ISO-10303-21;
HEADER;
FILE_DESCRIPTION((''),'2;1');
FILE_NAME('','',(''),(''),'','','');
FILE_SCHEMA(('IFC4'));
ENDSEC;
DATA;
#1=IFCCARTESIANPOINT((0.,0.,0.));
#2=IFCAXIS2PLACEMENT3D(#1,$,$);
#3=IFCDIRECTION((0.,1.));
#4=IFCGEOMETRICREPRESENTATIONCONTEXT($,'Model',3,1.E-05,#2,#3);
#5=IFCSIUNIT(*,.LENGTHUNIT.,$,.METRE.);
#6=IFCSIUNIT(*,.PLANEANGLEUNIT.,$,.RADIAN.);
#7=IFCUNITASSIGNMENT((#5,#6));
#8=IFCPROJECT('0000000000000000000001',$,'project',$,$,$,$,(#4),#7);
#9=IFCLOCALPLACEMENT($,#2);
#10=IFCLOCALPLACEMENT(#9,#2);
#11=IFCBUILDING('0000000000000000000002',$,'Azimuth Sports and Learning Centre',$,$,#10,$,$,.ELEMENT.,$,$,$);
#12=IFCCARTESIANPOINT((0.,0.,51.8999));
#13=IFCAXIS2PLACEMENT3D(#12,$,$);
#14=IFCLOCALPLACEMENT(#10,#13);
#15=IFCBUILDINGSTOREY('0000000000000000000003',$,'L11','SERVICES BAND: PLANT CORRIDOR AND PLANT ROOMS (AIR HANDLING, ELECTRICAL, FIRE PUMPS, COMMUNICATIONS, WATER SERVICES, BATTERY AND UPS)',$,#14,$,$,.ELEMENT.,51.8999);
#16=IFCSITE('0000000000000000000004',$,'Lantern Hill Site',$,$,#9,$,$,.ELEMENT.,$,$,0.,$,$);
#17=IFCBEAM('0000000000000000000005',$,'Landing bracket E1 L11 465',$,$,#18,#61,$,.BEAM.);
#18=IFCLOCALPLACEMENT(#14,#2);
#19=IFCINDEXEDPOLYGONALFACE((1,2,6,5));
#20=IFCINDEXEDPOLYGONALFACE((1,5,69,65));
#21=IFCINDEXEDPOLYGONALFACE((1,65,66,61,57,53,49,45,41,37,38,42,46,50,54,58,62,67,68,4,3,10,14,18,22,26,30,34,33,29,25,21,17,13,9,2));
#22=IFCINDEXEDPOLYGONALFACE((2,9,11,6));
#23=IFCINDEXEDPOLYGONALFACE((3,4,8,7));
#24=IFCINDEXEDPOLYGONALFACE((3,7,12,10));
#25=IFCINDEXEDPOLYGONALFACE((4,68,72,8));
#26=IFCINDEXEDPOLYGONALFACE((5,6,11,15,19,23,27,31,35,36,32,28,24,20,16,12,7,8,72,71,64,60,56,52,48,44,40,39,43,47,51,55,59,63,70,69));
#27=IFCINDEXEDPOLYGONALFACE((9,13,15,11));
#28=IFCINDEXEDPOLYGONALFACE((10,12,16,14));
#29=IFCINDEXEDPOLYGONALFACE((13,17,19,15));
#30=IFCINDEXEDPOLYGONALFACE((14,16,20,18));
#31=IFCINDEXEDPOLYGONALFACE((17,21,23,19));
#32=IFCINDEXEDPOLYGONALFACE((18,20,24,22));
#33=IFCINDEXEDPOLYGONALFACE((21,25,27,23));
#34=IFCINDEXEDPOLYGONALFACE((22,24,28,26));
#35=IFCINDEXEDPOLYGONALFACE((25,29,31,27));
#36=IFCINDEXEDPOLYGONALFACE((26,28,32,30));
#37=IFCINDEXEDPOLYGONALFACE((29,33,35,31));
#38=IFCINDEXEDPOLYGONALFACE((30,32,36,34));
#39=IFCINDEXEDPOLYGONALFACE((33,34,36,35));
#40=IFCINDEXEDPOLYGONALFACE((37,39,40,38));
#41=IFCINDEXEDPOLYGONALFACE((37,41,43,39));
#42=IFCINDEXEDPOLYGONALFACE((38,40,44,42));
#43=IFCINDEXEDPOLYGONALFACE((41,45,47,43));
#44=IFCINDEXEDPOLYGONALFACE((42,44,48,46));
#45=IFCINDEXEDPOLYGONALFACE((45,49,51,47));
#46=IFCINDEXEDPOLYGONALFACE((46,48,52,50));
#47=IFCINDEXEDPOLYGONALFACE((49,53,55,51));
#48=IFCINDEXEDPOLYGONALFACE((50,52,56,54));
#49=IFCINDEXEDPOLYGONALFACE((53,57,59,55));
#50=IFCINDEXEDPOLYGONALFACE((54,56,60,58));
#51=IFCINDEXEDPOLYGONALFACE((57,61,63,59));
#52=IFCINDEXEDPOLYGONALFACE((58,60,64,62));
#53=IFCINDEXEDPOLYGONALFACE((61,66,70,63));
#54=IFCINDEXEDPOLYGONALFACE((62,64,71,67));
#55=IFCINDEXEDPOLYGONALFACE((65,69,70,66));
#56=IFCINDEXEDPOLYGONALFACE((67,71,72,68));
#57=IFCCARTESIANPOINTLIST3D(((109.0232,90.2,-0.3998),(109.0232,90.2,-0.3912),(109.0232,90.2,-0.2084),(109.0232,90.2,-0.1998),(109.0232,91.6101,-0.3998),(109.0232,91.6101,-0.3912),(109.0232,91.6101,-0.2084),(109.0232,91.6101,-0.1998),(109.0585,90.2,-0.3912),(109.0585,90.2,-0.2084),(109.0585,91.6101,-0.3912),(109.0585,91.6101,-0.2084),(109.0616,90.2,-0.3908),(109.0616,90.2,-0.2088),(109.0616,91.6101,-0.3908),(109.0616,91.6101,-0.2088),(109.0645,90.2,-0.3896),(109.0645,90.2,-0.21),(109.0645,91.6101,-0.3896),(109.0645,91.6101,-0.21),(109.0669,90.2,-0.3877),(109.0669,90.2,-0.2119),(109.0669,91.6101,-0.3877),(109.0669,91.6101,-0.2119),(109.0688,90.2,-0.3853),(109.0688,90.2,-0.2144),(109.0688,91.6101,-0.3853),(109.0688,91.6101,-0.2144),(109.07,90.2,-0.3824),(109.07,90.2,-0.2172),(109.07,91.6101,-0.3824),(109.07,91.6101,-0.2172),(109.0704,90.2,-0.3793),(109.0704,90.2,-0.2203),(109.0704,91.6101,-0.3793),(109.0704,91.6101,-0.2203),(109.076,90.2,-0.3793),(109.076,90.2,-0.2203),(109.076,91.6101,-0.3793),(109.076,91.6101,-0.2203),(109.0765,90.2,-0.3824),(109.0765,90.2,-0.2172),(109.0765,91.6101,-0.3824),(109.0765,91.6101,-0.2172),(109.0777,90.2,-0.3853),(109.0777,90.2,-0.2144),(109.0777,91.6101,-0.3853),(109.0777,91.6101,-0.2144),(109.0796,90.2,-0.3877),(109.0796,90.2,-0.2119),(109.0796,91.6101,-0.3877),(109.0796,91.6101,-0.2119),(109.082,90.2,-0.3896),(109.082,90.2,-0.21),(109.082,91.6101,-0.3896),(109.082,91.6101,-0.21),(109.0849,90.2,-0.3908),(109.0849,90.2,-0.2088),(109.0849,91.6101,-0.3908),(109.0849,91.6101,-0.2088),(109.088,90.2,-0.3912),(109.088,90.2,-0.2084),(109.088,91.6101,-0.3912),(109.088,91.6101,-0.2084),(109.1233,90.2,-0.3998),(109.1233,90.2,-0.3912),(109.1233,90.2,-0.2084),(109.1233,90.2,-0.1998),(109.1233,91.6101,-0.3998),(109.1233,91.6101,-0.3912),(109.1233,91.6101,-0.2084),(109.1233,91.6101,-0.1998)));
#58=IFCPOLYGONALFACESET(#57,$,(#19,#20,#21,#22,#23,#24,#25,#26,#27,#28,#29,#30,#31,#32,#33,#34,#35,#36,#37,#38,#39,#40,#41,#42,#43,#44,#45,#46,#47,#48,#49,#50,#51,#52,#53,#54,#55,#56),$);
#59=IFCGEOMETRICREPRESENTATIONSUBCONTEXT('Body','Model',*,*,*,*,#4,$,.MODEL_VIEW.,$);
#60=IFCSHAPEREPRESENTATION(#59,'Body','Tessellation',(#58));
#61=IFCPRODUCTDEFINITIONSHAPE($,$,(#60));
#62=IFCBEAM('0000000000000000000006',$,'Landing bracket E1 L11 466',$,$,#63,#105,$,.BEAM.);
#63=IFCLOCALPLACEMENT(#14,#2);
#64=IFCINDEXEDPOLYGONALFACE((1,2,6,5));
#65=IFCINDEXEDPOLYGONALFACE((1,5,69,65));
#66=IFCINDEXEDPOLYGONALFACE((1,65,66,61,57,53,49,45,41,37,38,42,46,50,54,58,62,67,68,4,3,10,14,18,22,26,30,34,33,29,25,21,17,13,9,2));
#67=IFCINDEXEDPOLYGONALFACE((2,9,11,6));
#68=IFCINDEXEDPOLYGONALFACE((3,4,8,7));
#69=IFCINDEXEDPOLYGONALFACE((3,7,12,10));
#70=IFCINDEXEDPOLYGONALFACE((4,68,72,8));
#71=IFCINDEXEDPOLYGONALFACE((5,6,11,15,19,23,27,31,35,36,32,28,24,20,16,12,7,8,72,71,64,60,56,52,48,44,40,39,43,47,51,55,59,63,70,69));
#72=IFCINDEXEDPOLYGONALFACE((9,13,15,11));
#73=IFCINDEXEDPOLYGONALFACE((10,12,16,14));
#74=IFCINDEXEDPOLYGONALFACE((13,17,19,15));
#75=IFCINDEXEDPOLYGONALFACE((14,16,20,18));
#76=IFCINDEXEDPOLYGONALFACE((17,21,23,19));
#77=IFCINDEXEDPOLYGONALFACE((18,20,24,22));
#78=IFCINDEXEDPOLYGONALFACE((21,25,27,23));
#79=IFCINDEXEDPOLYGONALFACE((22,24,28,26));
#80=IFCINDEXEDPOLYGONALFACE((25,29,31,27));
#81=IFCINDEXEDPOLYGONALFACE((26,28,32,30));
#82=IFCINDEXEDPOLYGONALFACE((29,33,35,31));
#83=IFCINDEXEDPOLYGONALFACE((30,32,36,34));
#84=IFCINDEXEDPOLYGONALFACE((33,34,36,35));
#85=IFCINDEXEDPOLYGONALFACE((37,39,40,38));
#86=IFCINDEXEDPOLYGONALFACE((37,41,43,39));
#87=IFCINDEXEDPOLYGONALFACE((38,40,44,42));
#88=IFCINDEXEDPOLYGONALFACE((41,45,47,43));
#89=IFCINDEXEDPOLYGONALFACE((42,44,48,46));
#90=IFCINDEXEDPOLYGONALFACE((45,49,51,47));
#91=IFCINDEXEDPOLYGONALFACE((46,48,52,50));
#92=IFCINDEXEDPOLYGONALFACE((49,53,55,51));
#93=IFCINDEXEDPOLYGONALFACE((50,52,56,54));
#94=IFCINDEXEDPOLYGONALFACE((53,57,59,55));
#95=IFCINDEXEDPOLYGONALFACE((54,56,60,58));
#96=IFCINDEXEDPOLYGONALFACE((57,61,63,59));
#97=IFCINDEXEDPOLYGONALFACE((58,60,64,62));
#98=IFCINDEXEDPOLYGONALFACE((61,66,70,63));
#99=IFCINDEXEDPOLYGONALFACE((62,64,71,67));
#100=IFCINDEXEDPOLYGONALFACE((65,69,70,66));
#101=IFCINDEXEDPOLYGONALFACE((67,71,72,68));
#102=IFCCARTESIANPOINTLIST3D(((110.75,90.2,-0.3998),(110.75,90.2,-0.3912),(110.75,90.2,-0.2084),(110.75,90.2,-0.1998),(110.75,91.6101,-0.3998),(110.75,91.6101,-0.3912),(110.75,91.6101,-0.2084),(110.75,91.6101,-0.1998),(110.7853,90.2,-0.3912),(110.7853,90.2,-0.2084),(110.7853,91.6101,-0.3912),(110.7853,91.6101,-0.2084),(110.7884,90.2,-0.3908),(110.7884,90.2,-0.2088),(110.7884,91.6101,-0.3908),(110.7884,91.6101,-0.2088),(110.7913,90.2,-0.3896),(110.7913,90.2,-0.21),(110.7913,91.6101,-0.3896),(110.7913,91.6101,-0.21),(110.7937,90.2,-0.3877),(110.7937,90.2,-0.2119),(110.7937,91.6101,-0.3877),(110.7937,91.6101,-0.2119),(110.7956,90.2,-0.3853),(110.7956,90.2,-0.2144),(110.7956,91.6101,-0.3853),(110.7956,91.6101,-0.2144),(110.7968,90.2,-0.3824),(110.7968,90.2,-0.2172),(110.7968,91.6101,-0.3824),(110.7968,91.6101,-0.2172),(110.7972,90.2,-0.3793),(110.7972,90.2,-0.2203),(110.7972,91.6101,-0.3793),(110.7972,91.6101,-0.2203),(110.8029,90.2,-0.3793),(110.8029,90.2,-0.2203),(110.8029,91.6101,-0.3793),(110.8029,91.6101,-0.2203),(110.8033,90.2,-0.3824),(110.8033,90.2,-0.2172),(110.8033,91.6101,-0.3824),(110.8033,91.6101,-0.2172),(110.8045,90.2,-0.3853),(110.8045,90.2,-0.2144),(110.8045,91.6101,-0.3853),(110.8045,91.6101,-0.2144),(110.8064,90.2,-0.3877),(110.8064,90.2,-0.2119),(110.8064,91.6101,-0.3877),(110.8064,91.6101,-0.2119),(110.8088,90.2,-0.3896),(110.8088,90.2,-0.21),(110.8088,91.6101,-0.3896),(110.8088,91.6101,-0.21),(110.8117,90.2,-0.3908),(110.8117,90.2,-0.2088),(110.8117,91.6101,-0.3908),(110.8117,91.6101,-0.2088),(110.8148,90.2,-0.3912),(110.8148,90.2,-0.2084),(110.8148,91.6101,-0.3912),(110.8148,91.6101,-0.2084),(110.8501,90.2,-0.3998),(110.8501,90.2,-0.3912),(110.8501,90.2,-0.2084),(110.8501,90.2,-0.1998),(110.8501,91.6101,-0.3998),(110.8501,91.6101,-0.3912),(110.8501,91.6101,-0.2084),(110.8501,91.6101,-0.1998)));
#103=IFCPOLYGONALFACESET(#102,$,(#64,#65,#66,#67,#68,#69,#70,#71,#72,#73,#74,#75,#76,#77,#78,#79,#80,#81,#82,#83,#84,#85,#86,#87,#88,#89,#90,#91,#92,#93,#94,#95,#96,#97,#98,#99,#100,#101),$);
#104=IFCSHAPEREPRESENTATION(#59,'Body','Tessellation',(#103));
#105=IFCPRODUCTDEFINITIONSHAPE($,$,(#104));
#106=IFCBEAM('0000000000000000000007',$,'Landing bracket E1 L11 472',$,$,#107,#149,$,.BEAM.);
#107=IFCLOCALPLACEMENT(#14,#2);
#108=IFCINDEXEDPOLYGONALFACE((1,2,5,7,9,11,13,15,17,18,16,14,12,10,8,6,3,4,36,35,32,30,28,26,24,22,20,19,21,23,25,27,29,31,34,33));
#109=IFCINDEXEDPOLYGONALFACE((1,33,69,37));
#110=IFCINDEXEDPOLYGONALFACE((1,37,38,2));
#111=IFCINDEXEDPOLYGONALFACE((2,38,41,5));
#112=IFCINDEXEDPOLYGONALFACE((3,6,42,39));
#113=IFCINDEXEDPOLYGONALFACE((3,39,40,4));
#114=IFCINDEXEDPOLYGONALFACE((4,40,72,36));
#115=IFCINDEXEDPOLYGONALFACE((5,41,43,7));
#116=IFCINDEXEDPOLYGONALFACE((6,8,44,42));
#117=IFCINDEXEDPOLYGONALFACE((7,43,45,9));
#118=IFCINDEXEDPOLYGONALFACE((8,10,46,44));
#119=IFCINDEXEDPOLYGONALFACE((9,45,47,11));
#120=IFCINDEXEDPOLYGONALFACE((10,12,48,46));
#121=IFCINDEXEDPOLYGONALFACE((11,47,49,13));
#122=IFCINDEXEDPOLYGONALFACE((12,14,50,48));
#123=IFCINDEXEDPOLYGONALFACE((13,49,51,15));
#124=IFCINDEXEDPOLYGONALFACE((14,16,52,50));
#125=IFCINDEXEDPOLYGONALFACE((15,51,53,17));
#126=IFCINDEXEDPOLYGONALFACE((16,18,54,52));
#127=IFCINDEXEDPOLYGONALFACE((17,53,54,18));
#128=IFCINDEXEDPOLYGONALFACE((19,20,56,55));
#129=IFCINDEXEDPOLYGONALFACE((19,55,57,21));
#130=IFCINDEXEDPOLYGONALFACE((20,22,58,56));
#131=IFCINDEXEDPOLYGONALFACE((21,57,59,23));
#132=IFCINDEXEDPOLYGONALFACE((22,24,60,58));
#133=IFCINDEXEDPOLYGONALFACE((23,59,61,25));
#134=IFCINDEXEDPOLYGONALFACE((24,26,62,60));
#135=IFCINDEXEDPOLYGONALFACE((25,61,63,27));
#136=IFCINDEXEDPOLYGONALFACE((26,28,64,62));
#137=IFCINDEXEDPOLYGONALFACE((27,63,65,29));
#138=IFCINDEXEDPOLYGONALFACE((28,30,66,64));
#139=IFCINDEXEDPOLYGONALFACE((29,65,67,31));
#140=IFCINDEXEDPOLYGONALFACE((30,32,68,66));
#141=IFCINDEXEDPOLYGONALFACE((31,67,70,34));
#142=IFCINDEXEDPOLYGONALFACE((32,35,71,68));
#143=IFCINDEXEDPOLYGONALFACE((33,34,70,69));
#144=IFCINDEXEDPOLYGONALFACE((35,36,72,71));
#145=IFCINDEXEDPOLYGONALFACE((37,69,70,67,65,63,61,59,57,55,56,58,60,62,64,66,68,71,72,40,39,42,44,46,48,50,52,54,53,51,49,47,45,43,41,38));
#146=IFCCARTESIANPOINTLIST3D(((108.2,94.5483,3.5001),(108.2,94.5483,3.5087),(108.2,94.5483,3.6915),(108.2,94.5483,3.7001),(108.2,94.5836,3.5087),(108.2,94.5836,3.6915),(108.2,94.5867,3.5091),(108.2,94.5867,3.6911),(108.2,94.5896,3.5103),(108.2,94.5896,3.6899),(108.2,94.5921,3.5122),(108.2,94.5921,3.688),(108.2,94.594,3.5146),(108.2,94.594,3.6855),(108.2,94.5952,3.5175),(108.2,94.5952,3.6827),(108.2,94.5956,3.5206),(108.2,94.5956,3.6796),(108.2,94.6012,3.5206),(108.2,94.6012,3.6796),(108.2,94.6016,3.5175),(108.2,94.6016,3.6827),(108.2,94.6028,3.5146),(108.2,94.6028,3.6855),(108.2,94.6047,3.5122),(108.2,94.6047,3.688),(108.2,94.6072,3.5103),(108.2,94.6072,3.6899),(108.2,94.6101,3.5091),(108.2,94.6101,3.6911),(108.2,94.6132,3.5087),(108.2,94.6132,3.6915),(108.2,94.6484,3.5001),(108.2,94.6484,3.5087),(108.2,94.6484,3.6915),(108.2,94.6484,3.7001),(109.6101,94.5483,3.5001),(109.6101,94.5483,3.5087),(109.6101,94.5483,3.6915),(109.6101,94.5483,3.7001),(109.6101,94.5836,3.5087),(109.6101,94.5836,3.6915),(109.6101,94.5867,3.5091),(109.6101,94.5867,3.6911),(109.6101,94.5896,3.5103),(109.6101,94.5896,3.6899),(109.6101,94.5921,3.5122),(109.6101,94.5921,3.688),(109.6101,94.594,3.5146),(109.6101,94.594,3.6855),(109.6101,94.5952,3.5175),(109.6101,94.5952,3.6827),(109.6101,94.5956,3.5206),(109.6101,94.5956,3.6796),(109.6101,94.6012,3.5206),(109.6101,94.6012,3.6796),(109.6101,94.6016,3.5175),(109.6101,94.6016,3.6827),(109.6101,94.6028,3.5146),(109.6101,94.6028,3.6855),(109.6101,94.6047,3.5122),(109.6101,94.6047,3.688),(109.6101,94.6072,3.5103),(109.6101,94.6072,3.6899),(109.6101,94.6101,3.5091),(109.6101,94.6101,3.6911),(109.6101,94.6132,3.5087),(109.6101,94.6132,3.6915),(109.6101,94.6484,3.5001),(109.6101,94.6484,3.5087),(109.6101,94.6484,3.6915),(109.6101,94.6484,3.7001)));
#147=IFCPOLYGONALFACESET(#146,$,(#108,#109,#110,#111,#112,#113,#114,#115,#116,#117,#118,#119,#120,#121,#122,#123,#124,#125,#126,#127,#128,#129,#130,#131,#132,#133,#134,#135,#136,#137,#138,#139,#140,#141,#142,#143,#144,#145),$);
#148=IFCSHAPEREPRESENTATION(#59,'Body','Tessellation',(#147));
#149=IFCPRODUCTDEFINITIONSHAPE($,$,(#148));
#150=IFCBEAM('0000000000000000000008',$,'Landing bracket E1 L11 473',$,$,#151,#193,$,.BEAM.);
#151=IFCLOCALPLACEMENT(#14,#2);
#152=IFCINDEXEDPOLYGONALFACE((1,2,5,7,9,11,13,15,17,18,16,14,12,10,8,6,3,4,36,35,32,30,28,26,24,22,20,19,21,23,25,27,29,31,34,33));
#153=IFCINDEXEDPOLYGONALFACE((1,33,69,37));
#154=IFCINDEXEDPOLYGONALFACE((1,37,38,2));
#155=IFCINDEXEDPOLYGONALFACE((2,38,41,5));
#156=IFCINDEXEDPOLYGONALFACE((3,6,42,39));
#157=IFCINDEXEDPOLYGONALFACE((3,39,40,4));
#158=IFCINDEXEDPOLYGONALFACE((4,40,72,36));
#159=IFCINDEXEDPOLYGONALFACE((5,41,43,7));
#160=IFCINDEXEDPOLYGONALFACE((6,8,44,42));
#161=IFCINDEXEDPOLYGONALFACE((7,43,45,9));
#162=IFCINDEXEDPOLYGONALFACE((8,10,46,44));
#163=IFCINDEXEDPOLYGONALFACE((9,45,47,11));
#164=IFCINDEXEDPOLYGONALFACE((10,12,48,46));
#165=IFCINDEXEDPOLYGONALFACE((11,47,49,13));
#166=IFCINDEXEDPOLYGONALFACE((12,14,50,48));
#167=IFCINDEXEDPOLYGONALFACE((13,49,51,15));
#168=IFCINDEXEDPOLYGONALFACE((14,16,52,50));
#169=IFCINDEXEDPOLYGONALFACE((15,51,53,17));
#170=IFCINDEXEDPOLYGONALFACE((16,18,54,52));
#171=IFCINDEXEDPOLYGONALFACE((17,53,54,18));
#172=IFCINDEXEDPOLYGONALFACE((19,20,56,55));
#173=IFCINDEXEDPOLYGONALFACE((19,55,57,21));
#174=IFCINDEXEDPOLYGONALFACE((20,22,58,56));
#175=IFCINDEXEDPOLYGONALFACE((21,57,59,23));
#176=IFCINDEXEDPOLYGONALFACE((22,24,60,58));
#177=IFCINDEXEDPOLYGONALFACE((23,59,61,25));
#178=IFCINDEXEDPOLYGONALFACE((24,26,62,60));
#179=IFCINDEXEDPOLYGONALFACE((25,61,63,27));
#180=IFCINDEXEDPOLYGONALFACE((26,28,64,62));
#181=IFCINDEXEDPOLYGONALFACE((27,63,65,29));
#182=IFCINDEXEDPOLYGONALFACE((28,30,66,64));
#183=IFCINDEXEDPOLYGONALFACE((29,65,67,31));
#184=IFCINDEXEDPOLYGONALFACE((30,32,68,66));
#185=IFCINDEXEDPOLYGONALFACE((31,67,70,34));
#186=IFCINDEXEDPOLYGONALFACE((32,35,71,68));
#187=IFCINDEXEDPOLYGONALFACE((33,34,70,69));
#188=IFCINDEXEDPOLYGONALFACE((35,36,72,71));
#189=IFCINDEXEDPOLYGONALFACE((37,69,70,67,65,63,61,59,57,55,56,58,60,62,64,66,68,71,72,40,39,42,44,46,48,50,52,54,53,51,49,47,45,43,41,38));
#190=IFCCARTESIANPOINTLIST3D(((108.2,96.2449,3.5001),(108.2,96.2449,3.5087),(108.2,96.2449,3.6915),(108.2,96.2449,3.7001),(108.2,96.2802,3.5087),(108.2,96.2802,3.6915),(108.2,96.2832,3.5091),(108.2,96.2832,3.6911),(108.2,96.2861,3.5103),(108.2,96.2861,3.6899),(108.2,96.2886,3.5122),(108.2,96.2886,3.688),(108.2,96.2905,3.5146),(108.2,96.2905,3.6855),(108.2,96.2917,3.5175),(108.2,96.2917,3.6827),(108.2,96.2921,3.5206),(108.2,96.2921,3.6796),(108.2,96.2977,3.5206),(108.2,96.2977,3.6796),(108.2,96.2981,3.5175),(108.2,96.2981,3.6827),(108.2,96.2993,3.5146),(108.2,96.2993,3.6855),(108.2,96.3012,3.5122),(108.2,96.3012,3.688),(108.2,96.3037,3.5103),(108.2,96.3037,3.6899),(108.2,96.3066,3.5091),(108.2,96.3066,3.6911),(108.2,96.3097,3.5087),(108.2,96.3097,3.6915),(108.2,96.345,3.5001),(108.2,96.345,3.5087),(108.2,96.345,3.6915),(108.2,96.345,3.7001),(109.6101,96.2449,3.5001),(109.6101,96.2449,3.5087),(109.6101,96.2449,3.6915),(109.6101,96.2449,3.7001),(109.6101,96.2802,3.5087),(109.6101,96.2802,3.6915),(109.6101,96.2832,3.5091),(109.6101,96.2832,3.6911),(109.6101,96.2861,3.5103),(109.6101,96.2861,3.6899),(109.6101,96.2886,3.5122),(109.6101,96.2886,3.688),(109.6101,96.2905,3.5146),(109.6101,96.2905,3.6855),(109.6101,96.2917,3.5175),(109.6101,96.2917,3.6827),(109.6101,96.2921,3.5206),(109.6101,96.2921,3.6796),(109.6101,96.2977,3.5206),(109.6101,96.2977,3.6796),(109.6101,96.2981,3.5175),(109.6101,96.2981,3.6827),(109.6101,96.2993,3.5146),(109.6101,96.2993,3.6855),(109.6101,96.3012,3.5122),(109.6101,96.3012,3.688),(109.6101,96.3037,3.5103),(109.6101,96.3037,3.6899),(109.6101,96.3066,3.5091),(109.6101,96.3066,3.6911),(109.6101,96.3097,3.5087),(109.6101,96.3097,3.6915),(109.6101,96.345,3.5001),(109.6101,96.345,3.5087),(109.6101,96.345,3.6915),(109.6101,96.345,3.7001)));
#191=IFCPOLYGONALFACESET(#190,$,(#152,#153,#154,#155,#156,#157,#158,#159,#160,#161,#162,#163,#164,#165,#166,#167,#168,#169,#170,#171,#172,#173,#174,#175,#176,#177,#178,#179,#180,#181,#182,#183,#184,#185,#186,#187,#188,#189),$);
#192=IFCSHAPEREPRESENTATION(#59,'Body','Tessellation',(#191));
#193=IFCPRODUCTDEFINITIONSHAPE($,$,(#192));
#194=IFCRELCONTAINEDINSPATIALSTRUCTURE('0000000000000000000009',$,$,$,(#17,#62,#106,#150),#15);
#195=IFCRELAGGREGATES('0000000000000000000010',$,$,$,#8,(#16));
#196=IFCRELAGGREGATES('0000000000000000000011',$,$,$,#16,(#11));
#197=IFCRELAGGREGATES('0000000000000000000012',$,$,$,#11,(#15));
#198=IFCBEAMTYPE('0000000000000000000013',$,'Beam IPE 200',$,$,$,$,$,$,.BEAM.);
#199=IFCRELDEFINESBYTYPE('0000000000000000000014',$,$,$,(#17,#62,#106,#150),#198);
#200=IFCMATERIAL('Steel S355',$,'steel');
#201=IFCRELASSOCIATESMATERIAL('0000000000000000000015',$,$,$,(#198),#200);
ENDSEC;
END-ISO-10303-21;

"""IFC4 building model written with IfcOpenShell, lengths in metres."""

from ifc_helpers import new_model, si_unit, direction, frame, origin, origin_2d, place, context, subcontext, project, spatial, i_section, extrude, material, material_profile, profile_set, type_object, element, save


model = new_model("IFC4")

# Units and contexts
model_context = context("Model", 3, precision=1e-05, world=origin(), true_north=direction((0.0, 1.0)))
body_context = subcontext(model_context, "Body", "Model", "MODEL_VIEW")
ifc_project = project(units=[si_unit("LENGTHUNIT", "METRE"), si_unit("PLANEANGLEUNIT", "RADIAN")], contexts=[model_context])

# Site, building, storey
site_placement = place(None, origin())
site = spatial("IfcSite", under=ifc_project, at=site_placement, Name="Lantern Hill Site", CompositionType="ELEMENT", RefElevation=0.0)
building_placement = place(site_placement, origin())
building = spatial("IfcBuilding", under=site, at=building_placement, Name="Azimuth Sports and Learning Centre", CompositionType="ELEMENT")
storey_placement = place(building_placement, frame((0.0, 0.0, 51.8999)))
storey = spatial("IfcBuildingStorey", under=building, at=storey_placement, Name="L11", Description="SERVICES BAND: PLANT CORRIDOR AND PLANT ROOMS (AIR HANDLING, ELECTRICAL, FIRE PUMPS, COMMUNICATIONS, WATER SERVICES, BATTERY AND UPS)", CompositionType="ELEMENT", Elevation=51.8999)

# Beams
ifc_material_1 = material(Name="Steel S355", Category="steel")
ifc_material_profile_1 = material_profile(ifc_material_1, i_section(OverallWidth=0.1001, OverallDepth=0.2, WebThickness=0.0056, FlangeThickness=0.0085, FilletRadius=0.012, at=origin_2d()), Name="IPE 200")
ifc_profile_set_1 = profile_set([ifc_material_profile_1], Name="Steel S355")
beam_type_1 = type_object("IfcBeamType", Name="Beam IPE 200", PredefinedType="BEAM", material=ifc_profile_set_1)
for number, where, z_axis, x_axis, name in (
    (1, (109.0732, 90.2, -0.2998), (0.0, 1.0, 0.0), (-1.0, 0.0, 0.0), "Landing bracket E1 L11 465"),
    (2, (110.8, 90.2, -0.2998), (0.0, 1.0, 0.0), (-1.0, 0.0, 0.0), "Landing bracket E1 L11 466"),
    (3, (108.2, 94.5984, 3.6001), (1.0, 0.0, 0.0), (0.0, 1.0, 0.0), "Landing bracket E1 L11 472"),
    (4, (108.2, 96.2949, 3.6001), (1.0, 0.0, 0.0), (0.0, 1.0, 0.0), "Landing bracket E1 L11 473"),
):
    element("IfcBeam", number, at=place(storey_placement, frame(where, z_axis=z_axis, x_axis=x_axis)), inside=storey, type_object=beam_type_1, Name=name, PredefinedType="BEAM", context=body_context, shape_type="SweptSolid", body=[
        extrude(i_section(OverallWidth=0.1001, OverallDepth=0.2, WebThickness=0.0056, FlangeThickness=0.0085, FilletRadius=0.012, at=origin_2d()), origin(), (0.0, 0.0, 1.0), 1.4102),
    ])

save(model, "model.ifc")
